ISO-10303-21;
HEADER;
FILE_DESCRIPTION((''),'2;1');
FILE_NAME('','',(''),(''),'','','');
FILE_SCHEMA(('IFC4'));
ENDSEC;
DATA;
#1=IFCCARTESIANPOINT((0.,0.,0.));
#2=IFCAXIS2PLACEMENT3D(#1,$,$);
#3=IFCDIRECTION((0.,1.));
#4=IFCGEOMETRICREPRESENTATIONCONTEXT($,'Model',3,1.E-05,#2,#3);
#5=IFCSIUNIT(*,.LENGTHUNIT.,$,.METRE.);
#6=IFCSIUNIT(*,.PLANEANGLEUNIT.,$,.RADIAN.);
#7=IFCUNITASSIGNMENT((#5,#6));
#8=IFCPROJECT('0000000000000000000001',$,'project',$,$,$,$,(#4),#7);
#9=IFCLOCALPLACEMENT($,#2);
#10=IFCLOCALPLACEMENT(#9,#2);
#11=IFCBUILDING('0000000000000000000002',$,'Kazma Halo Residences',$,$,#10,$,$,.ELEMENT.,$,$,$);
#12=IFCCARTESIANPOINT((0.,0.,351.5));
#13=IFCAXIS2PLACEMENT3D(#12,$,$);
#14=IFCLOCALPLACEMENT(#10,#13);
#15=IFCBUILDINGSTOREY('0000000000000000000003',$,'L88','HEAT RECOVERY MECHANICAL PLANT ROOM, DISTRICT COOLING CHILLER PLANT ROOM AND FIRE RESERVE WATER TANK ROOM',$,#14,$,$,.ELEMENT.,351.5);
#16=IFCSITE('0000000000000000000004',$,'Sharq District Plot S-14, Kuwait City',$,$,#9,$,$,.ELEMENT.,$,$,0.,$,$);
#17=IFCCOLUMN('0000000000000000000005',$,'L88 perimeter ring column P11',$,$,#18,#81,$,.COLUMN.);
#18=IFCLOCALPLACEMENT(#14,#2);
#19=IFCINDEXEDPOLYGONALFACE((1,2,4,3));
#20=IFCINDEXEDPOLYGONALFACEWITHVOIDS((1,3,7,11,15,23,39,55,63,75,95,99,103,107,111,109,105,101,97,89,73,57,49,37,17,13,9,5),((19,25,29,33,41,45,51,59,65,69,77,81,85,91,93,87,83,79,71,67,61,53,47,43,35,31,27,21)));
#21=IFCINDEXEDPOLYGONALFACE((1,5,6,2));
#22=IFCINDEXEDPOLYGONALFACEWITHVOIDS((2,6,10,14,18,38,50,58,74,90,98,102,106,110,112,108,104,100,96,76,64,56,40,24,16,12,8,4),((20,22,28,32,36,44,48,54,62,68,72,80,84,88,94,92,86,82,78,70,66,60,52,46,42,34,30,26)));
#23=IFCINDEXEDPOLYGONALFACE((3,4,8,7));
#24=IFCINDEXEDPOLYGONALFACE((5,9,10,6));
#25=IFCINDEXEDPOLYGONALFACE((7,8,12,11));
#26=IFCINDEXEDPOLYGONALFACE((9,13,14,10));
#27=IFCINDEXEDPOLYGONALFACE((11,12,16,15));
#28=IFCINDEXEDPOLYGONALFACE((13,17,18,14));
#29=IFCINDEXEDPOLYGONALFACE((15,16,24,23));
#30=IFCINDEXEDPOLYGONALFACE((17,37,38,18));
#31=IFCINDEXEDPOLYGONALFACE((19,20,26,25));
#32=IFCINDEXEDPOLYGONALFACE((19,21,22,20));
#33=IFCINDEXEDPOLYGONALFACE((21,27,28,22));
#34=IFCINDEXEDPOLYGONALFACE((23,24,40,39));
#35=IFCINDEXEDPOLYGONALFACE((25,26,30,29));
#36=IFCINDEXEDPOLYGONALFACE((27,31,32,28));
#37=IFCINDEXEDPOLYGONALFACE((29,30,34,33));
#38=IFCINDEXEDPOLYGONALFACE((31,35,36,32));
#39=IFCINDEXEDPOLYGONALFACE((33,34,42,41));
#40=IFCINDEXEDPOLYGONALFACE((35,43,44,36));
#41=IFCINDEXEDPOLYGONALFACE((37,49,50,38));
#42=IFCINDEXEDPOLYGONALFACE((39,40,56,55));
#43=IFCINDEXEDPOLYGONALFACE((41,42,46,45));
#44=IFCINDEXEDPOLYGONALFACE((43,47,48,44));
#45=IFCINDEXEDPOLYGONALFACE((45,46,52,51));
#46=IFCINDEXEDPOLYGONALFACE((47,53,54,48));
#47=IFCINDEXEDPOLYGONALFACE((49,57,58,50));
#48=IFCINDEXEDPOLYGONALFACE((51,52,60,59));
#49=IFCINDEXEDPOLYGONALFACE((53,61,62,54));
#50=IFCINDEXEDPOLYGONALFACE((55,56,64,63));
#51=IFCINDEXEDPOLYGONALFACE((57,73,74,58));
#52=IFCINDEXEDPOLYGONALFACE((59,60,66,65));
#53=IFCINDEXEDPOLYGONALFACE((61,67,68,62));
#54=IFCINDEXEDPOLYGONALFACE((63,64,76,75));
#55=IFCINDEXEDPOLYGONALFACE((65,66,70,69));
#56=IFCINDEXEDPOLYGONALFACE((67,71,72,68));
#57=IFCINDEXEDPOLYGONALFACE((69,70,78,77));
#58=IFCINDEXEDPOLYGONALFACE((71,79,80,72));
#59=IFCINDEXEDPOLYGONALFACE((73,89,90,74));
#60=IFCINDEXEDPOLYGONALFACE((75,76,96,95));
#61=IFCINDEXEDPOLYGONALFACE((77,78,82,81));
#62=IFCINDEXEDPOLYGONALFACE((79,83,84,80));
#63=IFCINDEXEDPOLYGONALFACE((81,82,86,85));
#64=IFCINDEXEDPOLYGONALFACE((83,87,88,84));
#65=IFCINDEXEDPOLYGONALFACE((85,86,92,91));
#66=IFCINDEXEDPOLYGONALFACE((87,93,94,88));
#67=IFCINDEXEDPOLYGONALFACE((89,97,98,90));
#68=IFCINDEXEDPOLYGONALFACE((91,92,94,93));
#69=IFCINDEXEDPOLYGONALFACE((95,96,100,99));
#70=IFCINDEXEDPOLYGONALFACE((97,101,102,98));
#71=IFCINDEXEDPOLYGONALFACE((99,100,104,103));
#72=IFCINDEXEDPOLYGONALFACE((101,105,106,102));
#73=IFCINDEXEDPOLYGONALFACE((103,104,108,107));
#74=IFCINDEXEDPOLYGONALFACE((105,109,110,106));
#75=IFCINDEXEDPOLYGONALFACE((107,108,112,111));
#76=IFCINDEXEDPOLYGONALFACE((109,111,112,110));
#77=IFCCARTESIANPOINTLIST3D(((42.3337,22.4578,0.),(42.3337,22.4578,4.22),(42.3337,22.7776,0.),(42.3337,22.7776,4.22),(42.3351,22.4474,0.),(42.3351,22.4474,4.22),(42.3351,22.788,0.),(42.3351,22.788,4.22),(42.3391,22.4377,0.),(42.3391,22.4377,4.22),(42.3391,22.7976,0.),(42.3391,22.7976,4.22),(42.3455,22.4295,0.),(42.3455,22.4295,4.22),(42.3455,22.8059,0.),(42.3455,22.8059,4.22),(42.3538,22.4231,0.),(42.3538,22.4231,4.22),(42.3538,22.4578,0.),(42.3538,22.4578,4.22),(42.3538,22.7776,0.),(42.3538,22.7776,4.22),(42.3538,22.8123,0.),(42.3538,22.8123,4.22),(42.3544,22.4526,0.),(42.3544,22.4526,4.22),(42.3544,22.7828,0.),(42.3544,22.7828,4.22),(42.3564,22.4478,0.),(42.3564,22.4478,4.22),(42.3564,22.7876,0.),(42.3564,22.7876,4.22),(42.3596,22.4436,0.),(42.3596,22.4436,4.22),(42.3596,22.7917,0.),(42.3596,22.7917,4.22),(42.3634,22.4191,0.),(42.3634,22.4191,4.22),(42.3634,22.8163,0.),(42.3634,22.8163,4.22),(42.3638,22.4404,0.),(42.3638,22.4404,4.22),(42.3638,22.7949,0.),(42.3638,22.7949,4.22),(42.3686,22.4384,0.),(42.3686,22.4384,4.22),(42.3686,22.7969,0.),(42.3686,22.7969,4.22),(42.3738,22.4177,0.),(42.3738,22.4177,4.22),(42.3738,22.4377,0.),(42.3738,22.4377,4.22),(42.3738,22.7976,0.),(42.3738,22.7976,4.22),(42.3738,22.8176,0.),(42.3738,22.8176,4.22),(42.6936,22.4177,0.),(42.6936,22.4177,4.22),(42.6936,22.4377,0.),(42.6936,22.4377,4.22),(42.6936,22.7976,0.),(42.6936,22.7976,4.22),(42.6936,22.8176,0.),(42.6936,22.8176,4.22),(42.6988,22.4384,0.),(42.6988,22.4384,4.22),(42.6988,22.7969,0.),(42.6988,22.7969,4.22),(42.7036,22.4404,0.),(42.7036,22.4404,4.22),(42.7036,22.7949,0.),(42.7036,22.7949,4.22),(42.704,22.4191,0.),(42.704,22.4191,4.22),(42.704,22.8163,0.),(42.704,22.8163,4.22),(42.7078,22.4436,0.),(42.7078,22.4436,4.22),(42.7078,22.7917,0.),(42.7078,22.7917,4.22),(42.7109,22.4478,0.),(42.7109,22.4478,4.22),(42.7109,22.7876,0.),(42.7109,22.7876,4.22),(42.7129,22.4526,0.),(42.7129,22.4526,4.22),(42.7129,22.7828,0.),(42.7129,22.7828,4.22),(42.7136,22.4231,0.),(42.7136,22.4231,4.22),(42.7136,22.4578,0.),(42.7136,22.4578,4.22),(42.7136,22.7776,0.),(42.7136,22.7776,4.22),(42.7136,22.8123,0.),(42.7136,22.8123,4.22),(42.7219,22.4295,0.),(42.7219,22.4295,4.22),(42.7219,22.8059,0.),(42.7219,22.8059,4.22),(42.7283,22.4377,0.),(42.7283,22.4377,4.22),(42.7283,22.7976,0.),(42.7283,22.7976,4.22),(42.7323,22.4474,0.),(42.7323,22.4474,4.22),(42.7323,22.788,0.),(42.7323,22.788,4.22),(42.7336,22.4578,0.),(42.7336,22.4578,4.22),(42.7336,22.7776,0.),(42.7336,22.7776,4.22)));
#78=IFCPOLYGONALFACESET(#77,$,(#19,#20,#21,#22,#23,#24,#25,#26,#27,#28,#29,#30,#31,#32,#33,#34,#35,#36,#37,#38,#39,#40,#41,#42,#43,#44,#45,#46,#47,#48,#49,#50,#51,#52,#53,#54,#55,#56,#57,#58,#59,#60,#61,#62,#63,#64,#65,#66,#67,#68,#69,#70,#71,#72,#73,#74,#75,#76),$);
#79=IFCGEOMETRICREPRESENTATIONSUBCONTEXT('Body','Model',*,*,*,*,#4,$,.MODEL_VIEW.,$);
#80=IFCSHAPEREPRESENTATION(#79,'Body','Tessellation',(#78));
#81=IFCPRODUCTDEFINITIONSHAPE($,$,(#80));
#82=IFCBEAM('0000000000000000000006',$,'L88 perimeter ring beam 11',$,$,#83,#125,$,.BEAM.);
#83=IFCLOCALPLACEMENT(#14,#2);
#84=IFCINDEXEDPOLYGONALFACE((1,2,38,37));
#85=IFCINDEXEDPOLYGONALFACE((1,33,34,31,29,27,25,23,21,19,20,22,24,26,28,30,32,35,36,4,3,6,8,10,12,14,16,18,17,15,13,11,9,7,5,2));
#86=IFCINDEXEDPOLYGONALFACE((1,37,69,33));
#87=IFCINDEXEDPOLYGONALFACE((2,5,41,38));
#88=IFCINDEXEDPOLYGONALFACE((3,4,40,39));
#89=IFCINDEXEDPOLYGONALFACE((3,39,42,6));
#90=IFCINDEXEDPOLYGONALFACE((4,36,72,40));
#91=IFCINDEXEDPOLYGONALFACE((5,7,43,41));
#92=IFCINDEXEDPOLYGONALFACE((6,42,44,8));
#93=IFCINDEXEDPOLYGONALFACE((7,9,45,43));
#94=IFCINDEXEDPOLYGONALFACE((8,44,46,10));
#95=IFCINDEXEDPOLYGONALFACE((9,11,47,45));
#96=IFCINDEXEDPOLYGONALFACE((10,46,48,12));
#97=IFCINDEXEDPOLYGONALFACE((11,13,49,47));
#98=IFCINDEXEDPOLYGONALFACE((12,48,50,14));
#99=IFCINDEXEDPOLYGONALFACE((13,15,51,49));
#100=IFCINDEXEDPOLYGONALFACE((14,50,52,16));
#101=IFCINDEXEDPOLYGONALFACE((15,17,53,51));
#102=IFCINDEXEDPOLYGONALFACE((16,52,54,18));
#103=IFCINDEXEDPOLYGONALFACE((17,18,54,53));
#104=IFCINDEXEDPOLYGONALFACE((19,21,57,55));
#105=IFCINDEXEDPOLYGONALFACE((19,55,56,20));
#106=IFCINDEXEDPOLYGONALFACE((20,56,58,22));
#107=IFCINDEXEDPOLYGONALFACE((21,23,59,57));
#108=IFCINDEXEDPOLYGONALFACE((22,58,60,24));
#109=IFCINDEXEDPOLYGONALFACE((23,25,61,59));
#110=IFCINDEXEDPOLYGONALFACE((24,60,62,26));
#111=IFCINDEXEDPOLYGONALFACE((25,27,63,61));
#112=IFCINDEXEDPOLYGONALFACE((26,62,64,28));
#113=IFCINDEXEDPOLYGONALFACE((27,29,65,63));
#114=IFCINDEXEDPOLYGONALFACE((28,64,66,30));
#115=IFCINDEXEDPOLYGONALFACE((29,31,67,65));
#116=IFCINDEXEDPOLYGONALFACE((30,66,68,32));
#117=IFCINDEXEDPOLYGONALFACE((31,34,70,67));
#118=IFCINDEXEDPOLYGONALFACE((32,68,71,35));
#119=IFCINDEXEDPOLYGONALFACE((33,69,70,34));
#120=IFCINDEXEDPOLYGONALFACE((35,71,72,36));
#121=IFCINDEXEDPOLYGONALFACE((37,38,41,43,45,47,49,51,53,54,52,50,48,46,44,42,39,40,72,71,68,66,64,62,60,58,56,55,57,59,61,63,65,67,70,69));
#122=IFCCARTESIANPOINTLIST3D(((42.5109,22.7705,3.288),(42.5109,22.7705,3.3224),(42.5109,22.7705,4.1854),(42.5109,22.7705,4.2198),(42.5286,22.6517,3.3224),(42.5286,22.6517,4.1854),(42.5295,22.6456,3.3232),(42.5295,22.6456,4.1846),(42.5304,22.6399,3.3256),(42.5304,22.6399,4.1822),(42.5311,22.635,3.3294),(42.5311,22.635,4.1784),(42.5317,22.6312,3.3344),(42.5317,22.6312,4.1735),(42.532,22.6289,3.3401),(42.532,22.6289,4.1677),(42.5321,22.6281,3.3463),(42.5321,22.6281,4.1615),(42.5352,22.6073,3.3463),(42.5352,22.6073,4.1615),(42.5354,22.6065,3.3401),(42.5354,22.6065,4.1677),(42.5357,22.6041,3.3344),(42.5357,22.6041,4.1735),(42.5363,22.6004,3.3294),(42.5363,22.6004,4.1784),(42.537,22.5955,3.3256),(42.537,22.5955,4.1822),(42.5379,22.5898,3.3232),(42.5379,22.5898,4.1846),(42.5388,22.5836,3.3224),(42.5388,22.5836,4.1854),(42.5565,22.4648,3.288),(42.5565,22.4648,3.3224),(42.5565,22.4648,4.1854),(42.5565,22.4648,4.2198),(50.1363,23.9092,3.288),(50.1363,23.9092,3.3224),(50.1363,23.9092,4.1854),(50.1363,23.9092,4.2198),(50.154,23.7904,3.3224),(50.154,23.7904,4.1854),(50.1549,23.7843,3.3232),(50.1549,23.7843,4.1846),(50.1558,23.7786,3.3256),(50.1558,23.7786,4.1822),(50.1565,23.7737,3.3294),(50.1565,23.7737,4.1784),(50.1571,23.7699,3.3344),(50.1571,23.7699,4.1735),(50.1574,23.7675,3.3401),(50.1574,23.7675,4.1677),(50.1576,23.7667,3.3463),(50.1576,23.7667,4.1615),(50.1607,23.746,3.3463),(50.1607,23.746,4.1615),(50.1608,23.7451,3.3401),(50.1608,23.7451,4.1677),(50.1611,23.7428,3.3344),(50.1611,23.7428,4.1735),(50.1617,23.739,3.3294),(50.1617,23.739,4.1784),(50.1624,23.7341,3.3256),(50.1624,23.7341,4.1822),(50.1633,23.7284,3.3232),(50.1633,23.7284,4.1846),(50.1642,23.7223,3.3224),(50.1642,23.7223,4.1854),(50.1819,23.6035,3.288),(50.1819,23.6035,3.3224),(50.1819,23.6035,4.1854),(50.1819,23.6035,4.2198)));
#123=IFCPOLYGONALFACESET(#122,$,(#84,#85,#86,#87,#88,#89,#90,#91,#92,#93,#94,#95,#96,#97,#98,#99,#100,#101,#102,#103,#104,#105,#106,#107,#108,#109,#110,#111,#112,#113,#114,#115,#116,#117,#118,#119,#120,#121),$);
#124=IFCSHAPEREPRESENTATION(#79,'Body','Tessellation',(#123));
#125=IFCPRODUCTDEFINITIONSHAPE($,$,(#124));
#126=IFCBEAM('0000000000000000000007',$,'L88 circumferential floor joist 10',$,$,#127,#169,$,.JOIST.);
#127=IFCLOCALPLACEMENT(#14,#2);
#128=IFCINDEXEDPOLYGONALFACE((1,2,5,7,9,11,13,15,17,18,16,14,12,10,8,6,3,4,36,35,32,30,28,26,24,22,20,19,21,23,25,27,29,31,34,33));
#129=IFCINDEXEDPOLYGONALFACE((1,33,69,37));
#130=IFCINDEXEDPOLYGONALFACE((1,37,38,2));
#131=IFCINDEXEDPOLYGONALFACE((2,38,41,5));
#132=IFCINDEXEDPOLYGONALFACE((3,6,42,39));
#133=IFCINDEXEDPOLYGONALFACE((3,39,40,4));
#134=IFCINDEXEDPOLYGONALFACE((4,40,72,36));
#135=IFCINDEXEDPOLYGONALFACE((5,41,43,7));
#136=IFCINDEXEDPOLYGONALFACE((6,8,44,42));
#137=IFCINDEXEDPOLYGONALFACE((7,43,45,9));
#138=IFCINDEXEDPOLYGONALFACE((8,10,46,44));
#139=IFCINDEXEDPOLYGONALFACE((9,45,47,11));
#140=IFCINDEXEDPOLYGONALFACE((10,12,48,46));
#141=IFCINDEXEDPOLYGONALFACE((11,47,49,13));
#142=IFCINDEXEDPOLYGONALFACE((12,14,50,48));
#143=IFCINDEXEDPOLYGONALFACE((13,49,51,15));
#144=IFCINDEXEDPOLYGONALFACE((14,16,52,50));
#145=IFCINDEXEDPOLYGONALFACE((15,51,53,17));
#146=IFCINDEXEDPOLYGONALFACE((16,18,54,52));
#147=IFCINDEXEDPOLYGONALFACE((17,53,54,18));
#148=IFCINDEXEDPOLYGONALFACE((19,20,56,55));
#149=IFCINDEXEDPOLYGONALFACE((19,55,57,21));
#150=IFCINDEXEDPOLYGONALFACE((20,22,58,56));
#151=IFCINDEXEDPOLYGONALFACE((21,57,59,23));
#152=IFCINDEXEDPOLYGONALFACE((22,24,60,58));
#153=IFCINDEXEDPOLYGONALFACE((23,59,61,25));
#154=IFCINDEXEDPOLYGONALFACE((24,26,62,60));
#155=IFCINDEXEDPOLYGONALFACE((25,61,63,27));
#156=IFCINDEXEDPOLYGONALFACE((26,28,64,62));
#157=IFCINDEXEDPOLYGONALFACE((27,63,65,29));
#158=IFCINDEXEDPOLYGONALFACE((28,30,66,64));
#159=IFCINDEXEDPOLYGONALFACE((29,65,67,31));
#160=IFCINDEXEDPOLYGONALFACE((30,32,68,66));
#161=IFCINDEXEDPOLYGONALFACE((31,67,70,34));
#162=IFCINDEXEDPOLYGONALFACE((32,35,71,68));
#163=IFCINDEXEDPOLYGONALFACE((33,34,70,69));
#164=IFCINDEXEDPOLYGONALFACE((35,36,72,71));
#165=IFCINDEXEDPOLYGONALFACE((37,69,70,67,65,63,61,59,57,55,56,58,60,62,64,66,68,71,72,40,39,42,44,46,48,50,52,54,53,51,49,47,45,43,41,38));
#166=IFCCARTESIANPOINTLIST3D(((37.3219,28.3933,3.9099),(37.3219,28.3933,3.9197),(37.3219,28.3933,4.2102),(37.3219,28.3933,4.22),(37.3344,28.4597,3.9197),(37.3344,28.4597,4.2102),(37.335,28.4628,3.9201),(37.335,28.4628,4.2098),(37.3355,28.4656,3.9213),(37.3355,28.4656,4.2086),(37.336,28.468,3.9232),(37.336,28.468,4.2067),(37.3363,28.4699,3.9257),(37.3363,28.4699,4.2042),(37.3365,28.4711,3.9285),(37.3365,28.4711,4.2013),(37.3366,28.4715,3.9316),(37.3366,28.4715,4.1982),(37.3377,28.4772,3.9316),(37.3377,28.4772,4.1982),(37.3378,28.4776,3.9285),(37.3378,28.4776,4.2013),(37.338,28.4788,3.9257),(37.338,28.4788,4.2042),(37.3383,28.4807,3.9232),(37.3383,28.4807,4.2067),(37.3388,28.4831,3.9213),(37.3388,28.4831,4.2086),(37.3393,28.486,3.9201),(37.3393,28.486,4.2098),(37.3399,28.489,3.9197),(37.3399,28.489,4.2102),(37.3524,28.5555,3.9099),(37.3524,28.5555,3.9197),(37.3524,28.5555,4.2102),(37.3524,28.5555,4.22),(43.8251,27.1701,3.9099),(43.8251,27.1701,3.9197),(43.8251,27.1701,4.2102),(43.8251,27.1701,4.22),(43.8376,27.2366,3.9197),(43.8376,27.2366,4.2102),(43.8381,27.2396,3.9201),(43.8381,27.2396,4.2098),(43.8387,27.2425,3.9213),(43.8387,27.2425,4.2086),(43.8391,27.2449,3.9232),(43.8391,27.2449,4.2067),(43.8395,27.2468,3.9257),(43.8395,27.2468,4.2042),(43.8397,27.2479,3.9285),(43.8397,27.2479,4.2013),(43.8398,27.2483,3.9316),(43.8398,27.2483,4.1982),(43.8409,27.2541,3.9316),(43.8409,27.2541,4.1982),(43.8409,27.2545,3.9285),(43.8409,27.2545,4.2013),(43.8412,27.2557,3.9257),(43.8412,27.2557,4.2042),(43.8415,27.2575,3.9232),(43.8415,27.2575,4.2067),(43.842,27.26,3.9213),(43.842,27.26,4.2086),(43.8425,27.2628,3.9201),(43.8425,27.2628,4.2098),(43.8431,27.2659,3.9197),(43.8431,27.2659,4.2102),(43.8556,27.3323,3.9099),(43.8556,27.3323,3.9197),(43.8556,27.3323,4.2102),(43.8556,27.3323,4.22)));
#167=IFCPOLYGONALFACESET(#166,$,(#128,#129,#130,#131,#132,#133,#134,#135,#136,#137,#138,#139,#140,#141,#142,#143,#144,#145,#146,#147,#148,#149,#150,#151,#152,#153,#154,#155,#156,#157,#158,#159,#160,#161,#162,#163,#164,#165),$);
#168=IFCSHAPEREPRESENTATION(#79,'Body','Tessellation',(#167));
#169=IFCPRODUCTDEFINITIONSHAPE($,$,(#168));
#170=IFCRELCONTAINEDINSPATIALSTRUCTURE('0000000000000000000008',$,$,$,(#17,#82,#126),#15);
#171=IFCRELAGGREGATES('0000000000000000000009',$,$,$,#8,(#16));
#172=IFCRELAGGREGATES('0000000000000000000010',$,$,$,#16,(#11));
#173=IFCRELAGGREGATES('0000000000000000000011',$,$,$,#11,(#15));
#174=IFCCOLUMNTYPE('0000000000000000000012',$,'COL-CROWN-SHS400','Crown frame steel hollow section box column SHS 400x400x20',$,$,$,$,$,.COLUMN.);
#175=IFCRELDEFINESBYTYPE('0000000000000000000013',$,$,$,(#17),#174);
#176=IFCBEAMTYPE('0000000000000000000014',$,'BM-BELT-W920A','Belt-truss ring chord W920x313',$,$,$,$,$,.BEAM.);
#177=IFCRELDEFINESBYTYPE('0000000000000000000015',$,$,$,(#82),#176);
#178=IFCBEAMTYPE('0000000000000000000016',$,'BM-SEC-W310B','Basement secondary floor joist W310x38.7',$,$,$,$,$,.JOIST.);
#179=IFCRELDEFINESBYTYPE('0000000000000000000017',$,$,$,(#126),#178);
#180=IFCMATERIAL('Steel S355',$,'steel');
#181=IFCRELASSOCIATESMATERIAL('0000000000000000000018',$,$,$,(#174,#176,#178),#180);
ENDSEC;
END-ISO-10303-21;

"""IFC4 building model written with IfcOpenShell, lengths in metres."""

from ifc_helpers import new_model, si_unit, direction, frame, origin, origin_2d, place, context, subcontext, project, spatial, hollow_rectangle, i_section, extrude, material, material_profile, profile_set, type_object, element, save


model = new_model("IFC4")

# Units and contexts
model_context = context("Model", 3, precision=1e-05, world=origin(), true_north=direction((0.0, 1.0)))
body_context = subcontext(model_context, "Body", "Model", "MODEL_VIEW")
ifc_project = project(units=[si_unit("LENGTHUNIT", "METRE"), si_unit("PLANEANGLEUNIT", "RADIAN")], contexts=[model_context])

# Site, building, storey
site_placement = place(None, origin())
site = spatial("IfcSite", under=ifc_project, at=site_placement, Name="Sharq District Plot S-14, Kuwait City", CompositionType="ELEMENT", RefElevation=0.0)
building_placement = place(site_placement, origin())
building = spatial("IfcBuilding", under=site, at=building_placement, Name="Kazma Halo Residences", CompositionType="ELEMENT")
storey_placement = place(building_placement, frame((0.0, 0.0, 351.5)))
storey = spatial("IfcBuildingStorey", under=building, at=storey_placement, Name="L88", Description="HEAT RECOVERY MECHANICAL PLANT ROOM, DISTRICT COOLING CHILLER PLANT ROOM AND FIRE RESERVE WATER TANK ROOM", CompositionType="ELEMENT", Elevation=351.5)

# Column
ifc_material_1 = material(Name="Steel S355", Category="steel")
ifc_material_profile_1 = material_profile(ifc_material_1, hollow_rectangle(XDim=0.3999, YDim=0.3999, WallThickness=0.02, InnerFilletRadius=0.02, OuterFilletRadius=0.04, at=origin_2d()), Name="SHS400x400x20")
ifc_profile_set_1 = profile_set([ifc_material_profile_1], Name="Steel S355")
column_type = type_object("IfcColumnType", Name="COL-CROWN-SHS400", Description="Crown frame steel hollow section box column SHS 400x400x20", PredefinedType="COLUMN", material=ifc_profile_set_1)
column_placement = place(storey_placement, frame((42.5337, 22.6177, 0.0), z_axis=(0.0, 0.0, 1.0), x_axis=(1.0, 0.0, 0.0)))
element("IfcColumn", 1, at=column_placement, inside=storey, type_object=column_type, Name="L88 perimeter ring column P11", PredefinedType="COLUMN", context=body_context, shape_type="SweptSolid", body=[
    extrude(hollow_rectangle(XDim=0.3999, YDim=0.3999, WallThickness=0.02, InnerFilletRadius=0.02, OuterFilletRadius=0.04, at=origin_2d()), origin(), (0.0, 0.0, 1.0), 4.22),
])

# Beams
ifc_material_profile_2 = material_profile(ifc_material_1, i_section(OverallWidth=0.3091, OverallDepth=0.9319, WebThickness=0.021, FlangeThickness=0.0344, FilletRadius=0.0239, at=origin_2d()), Name="W920x313")
ifc_profile_set_2 = profile_set([ifc_material_profile_2], Name="Steel S355")
beam_type_1 = type_object("IfcBeamType", Name="BM-BELT-W920A", Description="Belt-truss ring chord W920x313", PredefinedType="BEAM", material=ifc_profile_set_2)
beam_1_placement = place(storey_placement, frame((42.5337, 22.6177, 3.7539), z_axis=(0.989034, 0.147687, 0.0), x_axis=(-0.147687, 0.989034, 0.0)))
element("IfcBeam", 2, at=beam_1_placement, inside=storey, type_object=beam_type_1, Name="L88 perimeter ring beam 11", PredefinedType="BEAM", context=body_context, shape_type="SweptSolid", body=[
    extrude(i_section(OverallWidth=0.3091, OverallDepth=0.9319, WebThickness=0.021, FlangeThickness=0.0344, FilletRadius=0.0239, at=origin_2d()), origin(), (0.0, 0.0, 1.0), 7.71),
])
ifc_material_profile_3 = material_profile(ifc_material_1, i_section(OverallWidth=0.165, OverallDepth=0.3101, WebThickness=0.0059, FlangeThickness=0.0098, FilletRadius=0.012, at=origin_2d()), Name="W310x38.7")
ifc_profile_set_3 = profile_set([ifc_material_profile_3], Name="Steel S355")
beam_type_2 = type_object("IfcBeamType", Name="BM-SEC-W310B", Description="Basement secondary floor joist W310x38.7", PredefinedType="JOIST", material=ifc_profile_set_3)
beam_2_placement = place(storey_placement, frame((37.3372, 28.4744, 4.0649), z_axis=(0.982768, -0.184843, 0.0), x_axis=(0.184843, 0.982768, 0.0)))
element("IfcBeam", 3, at=beam_2_placement, inside=storey, type_object=beam_type_2, Name="L88 circumferential floor joist 10", PredefinedType="JOIST", context=body_context, shape_type="SweptSolid", body=[
    extrude(i_section(OverallWidth=0.165, OverallDepth=0.3101, WebThickness=0.0059, FlangeThickness=0.0098, FilletRadius=0.012, at=origin_2d()), origin(), (0.0, 0.0, 1.0), 6.6172),
])

save(model, "model.ifc")
